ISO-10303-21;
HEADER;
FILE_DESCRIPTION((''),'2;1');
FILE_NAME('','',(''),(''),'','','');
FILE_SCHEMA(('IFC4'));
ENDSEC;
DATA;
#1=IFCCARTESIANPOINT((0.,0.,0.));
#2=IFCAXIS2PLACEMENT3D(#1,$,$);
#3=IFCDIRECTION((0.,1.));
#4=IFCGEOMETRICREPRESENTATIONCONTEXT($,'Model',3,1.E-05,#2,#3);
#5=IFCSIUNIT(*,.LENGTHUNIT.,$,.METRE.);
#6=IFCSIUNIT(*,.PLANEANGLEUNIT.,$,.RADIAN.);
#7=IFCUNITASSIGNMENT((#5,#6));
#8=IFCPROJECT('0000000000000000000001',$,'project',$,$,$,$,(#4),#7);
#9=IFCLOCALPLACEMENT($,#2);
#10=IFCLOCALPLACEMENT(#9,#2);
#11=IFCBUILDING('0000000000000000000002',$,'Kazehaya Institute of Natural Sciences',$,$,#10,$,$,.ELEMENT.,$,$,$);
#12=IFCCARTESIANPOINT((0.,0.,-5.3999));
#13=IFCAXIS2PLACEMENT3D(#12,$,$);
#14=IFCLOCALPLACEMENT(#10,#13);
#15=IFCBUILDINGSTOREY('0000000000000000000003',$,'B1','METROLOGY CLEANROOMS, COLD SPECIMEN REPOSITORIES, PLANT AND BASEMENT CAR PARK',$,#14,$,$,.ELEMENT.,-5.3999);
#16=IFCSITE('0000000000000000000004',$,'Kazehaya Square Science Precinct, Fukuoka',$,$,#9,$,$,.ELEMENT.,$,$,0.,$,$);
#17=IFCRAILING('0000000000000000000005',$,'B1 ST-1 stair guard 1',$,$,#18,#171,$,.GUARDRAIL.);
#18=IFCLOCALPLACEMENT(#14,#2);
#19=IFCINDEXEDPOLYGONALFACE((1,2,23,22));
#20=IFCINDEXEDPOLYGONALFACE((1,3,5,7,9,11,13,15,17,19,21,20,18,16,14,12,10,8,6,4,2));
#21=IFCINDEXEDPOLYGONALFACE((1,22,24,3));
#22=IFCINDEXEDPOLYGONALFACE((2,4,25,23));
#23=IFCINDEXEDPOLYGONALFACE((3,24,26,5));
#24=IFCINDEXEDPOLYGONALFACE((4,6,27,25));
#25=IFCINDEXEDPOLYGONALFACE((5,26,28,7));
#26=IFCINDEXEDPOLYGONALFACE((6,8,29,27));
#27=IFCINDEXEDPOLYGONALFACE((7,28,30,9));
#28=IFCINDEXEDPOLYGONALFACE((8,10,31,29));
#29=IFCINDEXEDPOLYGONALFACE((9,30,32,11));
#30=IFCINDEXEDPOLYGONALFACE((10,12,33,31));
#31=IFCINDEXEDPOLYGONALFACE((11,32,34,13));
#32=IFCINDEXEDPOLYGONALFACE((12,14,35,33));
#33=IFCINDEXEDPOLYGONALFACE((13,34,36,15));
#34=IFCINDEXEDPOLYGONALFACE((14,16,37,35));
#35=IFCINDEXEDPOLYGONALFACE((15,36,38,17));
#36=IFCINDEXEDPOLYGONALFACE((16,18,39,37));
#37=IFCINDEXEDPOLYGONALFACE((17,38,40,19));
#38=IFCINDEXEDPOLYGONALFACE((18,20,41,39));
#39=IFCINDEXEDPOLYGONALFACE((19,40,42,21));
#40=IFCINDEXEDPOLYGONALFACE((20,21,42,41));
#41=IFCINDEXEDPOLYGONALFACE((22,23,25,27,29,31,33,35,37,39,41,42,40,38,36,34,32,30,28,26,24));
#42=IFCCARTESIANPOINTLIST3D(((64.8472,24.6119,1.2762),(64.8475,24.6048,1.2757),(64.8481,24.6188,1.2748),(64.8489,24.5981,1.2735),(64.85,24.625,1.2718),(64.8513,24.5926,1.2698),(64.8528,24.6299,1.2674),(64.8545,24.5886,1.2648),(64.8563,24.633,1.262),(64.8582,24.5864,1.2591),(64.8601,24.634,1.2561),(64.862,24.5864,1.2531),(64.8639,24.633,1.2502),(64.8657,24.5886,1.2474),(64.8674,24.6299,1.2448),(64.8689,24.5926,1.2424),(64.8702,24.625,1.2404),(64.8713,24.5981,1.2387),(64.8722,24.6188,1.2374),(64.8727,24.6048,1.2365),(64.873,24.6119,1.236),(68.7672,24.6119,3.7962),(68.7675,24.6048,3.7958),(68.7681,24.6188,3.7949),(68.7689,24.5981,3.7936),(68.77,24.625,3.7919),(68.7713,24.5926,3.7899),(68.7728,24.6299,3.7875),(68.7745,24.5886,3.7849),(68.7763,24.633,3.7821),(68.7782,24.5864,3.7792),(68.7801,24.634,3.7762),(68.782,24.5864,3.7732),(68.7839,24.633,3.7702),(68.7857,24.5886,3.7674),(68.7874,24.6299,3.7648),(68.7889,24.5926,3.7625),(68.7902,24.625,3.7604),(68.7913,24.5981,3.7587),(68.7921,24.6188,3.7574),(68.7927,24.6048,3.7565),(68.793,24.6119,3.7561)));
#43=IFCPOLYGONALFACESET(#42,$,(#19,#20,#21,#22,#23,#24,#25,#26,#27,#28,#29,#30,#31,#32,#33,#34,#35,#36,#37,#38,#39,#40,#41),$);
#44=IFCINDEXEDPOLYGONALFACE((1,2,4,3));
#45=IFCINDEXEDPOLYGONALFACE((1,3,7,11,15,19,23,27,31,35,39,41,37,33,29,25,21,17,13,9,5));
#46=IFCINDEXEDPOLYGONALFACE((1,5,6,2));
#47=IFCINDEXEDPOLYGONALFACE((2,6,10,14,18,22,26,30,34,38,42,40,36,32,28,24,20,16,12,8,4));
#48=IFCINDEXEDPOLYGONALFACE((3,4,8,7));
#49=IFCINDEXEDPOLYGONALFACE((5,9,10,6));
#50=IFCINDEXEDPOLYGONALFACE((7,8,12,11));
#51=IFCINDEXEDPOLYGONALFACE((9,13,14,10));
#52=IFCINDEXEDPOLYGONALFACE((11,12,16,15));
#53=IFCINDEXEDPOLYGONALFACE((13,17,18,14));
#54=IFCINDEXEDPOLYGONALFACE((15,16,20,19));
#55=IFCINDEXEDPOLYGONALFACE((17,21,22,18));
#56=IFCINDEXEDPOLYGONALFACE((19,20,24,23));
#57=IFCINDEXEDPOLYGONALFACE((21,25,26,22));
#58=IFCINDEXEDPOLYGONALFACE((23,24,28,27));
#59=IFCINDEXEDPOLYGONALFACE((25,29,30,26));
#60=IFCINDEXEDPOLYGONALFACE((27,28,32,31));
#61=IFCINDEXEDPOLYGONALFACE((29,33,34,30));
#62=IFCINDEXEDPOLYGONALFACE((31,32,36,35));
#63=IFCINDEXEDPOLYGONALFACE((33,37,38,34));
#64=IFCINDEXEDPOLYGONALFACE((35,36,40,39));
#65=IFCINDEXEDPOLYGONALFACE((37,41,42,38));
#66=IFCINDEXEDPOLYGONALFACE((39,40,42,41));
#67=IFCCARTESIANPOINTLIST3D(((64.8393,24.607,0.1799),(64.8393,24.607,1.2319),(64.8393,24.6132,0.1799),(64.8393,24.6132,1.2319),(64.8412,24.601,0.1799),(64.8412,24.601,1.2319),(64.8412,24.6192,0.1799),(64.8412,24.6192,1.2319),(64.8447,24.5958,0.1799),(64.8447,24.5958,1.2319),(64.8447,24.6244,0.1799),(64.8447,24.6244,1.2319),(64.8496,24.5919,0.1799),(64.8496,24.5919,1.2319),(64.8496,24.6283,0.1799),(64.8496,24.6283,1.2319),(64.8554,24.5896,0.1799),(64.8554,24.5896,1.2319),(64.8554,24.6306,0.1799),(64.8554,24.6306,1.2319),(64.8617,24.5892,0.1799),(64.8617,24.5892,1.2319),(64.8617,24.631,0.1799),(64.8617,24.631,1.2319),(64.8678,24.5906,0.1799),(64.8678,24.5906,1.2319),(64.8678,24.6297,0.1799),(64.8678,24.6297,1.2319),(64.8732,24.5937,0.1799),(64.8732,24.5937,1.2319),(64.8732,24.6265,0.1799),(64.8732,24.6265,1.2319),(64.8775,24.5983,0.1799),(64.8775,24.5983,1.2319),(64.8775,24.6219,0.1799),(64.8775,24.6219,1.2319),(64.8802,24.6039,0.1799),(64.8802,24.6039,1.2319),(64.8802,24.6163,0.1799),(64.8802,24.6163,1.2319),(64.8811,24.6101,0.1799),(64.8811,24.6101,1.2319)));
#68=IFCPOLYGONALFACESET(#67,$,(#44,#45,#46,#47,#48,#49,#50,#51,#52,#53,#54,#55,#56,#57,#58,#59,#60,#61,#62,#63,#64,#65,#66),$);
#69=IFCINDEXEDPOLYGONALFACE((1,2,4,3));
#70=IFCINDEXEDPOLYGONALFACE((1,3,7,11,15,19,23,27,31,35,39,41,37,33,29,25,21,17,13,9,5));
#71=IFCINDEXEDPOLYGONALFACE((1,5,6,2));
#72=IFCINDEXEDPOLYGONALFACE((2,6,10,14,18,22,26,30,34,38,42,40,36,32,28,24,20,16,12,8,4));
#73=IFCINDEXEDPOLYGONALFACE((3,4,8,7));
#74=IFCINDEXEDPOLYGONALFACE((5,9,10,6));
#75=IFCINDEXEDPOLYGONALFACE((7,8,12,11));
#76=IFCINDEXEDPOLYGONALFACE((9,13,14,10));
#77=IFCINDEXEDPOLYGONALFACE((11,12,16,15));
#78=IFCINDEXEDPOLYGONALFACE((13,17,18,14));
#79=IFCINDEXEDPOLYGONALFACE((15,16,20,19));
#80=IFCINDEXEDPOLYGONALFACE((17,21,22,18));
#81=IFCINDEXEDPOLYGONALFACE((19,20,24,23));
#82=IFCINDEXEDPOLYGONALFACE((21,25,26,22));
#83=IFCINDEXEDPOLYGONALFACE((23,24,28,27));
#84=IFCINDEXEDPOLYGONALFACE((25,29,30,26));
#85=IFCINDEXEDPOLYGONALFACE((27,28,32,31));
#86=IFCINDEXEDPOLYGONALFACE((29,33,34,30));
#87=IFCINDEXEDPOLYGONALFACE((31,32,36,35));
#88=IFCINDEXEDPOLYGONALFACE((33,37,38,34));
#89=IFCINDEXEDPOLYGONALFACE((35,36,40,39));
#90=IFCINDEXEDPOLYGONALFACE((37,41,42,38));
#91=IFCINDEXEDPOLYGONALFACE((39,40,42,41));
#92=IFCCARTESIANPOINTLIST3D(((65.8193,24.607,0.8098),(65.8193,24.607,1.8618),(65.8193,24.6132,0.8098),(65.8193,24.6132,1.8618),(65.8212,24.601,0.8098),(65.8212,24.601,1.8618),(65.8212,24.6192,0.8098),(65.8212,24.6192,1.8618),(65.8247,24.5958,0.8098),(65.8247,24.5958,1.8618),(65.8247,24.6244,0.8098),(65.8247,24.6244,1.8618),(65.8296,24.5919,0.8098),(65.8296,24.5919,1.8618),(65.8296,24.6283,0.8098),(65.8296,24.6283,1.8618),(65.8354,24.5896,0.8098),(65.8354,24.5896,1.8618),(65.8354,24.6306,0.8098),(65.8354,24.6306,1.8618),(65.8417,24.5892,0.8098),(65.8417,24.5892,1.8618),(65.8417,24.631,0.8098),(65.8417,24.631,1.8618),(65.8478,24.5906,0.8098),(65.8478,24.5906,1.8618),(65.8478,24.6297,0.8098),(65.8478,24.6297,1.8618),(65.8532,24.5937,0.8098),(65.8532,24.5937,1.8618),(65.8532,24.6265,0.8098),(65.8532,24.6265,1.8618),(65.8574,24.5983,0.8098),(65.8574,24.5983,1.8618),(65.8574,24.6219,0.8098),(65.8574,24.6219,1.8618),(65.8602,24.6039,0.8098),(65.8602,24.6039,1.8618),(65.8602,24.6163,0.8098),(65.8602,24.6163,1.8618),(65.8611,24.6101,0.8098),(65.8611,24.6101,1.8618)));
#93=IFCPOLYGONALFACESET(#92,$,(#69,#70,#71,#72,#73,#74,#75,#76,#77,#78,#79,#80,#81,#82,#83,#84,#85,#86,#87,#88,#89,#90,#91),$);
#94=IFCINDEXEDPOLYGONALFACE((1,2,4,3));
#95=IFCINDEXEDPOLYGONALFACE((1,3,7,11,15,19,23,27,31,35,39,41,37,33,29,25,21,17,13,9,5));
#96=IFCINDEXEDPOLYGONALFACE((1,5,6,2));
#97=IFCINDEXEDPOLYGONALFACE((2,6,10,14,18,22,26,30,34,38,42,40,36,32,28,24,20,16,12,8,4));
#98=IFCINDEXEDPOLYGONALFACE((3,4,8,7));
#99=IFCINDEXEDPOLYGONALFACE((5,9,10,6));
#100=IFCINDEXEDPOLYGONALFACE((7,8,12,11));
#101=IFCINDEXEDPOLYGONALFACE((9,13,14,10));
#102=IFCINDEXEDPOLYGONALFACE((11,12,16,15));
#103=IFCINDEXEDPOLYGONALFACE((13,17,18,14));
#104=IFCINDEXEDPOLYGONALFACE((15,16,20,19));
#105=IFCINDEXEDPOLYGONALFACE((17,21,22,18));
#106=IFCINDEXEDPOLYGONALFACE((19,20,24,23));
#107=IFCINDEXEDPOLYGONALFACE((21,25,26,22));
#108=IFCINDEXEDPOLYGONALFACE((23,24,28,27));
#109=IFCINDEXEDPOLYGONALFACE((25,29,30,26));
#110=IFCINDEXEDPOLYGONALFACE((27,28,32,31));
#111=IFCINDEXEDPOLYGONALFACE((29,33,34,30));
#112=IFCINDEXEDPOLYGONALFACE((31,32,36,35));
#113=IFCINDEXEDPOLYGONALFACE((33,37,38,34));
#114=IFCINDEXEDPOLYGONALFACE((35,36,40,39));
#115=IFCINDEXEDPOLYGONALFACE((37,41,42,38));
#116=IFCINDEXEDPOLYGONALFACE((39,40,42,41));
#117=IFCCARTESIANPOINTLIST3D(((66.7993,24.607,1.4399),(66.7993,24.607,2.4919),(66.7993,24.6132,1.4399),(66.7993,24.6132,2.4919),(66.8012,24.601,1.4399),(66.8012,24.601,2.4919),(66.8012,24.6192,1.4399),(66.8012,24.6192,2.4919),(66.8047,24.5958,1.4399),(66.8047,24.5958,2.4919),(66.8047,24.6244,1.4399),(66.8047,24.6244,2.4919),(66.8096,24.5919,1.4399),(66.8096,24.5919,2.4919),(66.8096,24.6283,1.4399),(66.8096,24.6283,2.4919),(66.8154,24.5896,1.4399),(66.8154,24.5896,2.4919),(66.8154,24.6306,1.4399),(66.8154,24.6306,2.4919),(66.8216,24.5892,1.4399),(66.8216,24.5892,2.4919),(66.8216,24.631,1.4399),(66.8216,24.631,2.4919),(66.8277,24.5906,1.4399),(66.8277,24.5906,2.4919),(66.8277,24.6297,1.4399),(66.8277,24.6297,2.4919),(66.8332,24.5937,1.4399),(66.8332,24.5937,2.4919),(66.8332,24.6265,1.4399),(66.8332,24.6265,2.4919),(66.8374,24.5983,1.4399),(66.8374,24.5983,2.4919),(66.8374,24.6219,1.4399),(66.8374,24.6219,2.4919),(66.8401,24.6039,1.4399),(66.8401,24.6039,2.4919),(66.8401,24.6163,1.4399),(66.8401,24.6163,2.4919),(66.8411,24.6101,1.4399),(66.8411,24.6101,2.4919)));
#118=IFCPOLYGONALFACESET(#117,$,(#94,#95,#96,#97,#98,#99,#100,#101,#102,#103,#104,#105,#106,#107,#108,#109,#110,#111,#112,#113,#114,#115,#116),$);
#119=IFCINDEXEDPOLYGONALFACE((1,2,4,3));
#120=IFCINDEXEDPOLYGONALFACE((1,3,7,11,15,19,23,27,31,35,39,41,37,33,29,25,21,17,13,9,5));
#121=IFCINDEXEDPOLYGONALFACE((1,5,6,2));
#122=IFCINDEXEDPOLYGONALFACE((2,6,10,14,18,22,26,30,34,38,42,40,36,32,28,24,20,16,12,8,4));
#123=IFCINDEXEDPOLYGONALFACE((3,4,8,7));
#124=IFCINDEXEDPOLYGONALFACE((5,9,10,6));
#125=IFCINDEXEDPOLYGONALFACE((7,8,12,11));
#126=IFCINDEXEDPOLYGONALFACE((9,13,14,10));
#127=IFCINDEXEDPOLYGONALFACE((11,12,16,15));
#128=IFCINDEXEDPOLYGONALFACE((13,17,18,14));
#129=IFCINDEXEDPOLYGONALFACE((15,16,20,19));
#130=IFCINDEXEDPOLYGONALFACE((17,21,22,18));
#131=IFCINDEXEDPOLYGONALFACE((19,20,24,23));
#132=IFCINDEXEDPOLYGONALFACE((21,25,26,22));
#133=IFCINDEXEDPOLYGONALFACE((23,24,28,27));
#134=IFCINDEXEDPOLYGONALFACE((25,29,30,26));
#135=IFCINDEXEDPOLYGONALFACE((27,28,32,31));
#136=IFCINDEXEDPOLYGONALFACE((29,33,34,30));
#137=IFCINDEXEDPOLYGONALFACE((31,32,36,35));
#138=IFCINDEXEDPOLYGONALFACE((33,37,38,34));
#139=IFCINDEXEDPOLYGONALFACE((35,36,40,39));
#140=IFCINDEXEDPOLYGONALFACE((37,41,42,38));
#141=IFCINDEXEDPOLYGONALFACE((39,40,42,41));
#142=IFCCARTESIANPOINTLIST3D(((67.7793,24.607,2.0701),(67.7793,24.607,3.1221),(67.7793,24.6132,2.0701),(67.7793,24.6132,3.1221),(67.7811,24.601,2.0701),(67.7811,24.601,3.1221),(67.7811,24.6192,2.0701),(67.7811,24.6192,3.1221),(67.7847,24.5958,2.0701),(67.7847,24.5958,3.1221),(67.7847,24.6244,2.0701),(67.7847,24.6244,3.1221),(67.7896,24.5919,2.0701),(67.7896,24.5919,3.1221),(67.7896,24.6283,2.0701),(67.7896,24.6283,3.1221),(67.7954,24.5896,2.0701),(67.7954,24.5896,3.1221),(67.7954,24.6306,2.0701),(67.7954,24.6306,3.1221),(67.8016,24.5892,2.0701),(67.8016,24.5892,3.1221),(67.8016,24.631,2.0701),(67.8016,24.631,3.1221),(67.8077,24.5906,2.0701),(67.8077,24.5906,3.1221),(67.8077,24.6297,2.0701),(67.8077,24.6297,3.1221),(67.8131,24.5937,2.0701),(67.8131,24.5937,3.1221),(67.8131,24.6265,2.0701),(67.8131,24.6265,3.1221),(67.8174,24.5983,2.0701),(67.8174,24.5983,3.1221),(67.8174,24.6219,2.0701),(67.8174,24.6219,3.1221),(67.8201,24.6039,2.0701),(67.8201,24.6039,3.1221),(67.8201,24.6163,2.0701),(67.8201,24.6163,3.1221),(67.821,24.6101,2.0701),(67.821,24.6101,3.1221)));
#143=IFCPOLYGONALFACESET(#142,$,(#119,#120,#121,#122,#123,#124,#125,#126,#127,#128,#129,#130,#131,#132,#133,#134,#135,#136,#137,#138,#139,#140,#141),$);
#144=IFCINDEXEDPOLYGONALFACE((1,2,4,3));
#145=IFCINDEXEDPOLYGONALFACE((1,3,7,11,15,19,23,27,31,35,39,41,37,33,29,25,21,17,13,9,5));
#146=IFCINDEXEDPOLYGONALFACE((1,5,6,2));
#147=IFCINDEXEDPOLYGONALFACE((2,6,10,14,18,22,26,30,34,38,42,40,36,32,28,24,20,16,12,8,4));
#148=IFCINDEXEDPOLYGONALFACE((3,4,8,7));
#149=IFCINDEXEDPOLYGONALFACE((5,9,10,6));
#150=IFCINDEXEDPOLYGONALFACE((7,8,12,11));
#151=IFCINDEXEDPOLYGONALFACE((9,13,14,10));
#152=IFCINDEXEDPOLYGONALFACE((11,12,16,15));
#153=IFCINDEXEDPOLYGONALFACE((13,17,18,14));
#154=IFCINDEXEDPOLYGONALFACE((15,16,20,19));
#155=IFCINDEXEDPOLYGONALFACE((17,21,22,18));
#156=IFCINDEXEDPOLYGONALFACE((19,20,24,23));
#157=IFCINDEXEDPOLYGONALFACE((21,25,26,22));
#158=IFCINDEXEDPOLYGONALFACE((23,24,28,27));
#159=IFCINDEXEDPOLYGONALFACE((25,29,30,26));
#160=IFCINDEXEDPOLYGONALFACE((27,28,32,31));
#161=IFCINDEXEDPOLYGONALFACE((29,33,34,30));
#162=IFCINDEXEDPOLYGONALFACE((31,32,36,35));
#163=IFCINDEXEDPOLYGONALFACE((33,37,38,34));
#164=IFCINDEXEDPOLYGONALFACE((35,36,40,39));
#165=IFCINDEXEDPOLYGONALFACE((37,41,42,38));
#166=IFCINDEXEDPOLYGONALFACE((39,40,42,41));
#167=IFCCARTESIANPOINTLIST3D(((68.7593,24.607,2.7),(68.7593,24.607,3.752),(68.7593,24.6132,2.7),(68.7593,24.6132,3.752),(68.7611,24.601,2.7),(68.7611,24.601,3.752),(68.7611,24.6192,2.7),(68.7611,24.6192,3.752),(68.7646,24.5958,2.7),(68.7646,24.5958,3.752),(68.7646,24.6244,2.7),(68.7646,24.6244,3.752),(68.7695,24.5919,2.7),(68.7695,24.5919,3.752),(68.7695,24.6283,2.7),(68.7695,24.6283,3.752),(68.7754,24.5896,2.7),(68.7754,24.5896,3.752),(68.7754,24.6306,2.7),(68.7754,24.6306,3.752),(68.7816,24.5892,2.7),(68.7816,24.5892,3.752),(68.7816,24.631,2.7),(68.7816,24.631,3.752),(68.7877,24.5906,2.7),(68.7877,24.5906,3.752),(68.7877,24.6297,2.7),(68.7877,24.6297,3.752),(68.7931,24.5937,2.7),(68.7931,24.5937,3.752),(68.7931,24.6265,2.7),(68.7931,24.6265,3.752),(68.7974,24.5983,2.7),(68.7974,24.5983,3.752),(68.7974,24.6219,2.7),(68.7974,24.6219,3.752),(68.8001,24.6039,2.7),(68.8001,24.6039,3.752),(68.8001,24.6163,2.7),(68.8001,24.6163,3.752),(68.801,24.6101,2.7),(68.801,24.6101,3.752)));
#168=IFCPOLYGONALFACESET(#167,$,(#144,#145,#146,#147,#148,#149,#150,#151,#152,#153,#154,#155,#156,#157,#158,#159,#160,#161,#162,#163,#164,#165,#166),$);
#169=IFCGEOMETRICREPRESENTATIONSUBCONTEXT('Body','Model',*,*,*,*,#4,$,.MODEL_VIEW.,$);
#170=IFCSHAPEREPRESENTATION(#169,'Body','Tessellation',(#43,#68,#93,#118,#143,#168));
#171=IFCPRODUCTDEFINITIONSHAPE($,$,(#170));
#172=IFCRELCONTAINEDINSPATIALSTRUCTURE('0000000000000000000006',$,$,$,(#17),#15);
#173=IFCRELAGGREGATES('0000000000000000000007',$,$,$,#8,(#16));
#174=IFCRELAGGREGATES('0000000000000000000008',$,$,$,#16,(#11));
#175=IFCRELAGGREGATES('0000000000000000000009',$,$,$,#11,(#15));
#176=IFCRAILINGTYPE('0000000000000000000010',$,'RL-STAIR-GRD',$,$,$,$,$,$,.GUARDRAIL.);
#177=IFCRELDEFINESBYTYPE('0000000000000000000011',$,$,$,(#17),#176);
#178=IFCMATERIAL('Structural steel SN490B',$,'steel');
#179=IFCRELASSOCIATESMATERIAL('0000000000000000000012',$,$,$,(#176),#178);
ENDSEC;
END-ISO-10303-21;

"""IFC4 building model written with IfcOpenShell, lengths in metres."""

from ifc_helpers import new_model, si_unit, direction, frame, origin, origin_2d, place, context, subcontext, project, spatial, circle, extrude, material, type_object, element, save


model = new_model("IFC4")

# Units and contexts
model_context = context("Model", 3, precision=1e-05, world=origin(), true_north=direction((0.0, 1.0)))
body_context = subcontext(model_context, "Body", "Model", "MODEL_VIEW")
ifc_project = project(units=[si_unit("LENGTHUNIT", "METRE"), si_unit("PLANEANGLEUNIT", "RADIAN")], contexts=[model_context])

# Site, building, storey
site_placement = place(None, origin())
site = spatial("IfcSite", under=ifc_project, at=site_placement, Name="Kazehaya Square Science Precinct, Fukuoka", CompositionType="ELEMENT", RefElevation=0.0)
building_placement = place(site_placement, origin())
building = spatial("IfcBuilding", under=site, at=building_placement, Name="Kazehaya Institute of Natural Sciences", CompositionType="ELEMENT")
storey_placement = place(building_placement, frame((0.0, 0.0, -5.3999)))
storey = spatial("IfcBuildingStorey", under=building, at=storey_placement, Name="B1", Description="METROLOGY CLEANROOMS, COLD SPECIMEN REPOSITORIES, PLANT AND BASEMENT CAR PARK", CompositionType="ELEMENT", Elevation=-5.3999)

# Railing
ifc_material_1 = material(Name="Structural steel SN490B", Category="steel")
railing_type_1 = type_object("IfcRailingType", Name="RL-STAIR-GRD", PredefinedType="GUARDRAIL", material=ifc_material_1)
railing_1_placement = place(storey_placement, frame((64.8601, 24.6101, 0.1799)))
element("IfcRailing", 1, at=railing_1_placement, inside=storey, type_object=railing_type_1, Name="B1 ST-1 stair guard 1", PredefinedType="GUARDRAIL", context=body_context, shape_type="SweptSolid", body=[
    extrude(circle(Radius=0.0239, at=origin_2d()), frame((0.0, 0.0, 1.0762), z_axis=(0.841172, 0.0, 0.540768), x_axis=(0.0, 1.0, 0.0)), (0.0, 0.0, 1.0), 4.6602),
    extrude(circle(Radius=0.021, at=origin_2d()), origin(), (0.0, 0.0, 1.0), 1.052),
    extrude(circle(Radius=0.021, at=origin_2d()), frame((0.98, 0.0, 0.6299)), (0.0, 0.0, 1.0), 1.052),
    extrude(circle(Radius=0.021, at=origin_2d()), frame((1.96, 0.0, 1.26)), (0.0, 0.0, 1.0), 1.052),
    extrude(circle(Radius=0.021, at=origin_2d()), frame((2.9399, 0.0, 1.8901)), (0.0, 0.0, 1.0), 1.052),
    extrude(circle(Radius=0.021, at=origin_2d()), frame((3.9199, 0.0, 2.52)), (0.0, 0.0, 1.0), 1.052),
])

save(model, "model.ifc")
